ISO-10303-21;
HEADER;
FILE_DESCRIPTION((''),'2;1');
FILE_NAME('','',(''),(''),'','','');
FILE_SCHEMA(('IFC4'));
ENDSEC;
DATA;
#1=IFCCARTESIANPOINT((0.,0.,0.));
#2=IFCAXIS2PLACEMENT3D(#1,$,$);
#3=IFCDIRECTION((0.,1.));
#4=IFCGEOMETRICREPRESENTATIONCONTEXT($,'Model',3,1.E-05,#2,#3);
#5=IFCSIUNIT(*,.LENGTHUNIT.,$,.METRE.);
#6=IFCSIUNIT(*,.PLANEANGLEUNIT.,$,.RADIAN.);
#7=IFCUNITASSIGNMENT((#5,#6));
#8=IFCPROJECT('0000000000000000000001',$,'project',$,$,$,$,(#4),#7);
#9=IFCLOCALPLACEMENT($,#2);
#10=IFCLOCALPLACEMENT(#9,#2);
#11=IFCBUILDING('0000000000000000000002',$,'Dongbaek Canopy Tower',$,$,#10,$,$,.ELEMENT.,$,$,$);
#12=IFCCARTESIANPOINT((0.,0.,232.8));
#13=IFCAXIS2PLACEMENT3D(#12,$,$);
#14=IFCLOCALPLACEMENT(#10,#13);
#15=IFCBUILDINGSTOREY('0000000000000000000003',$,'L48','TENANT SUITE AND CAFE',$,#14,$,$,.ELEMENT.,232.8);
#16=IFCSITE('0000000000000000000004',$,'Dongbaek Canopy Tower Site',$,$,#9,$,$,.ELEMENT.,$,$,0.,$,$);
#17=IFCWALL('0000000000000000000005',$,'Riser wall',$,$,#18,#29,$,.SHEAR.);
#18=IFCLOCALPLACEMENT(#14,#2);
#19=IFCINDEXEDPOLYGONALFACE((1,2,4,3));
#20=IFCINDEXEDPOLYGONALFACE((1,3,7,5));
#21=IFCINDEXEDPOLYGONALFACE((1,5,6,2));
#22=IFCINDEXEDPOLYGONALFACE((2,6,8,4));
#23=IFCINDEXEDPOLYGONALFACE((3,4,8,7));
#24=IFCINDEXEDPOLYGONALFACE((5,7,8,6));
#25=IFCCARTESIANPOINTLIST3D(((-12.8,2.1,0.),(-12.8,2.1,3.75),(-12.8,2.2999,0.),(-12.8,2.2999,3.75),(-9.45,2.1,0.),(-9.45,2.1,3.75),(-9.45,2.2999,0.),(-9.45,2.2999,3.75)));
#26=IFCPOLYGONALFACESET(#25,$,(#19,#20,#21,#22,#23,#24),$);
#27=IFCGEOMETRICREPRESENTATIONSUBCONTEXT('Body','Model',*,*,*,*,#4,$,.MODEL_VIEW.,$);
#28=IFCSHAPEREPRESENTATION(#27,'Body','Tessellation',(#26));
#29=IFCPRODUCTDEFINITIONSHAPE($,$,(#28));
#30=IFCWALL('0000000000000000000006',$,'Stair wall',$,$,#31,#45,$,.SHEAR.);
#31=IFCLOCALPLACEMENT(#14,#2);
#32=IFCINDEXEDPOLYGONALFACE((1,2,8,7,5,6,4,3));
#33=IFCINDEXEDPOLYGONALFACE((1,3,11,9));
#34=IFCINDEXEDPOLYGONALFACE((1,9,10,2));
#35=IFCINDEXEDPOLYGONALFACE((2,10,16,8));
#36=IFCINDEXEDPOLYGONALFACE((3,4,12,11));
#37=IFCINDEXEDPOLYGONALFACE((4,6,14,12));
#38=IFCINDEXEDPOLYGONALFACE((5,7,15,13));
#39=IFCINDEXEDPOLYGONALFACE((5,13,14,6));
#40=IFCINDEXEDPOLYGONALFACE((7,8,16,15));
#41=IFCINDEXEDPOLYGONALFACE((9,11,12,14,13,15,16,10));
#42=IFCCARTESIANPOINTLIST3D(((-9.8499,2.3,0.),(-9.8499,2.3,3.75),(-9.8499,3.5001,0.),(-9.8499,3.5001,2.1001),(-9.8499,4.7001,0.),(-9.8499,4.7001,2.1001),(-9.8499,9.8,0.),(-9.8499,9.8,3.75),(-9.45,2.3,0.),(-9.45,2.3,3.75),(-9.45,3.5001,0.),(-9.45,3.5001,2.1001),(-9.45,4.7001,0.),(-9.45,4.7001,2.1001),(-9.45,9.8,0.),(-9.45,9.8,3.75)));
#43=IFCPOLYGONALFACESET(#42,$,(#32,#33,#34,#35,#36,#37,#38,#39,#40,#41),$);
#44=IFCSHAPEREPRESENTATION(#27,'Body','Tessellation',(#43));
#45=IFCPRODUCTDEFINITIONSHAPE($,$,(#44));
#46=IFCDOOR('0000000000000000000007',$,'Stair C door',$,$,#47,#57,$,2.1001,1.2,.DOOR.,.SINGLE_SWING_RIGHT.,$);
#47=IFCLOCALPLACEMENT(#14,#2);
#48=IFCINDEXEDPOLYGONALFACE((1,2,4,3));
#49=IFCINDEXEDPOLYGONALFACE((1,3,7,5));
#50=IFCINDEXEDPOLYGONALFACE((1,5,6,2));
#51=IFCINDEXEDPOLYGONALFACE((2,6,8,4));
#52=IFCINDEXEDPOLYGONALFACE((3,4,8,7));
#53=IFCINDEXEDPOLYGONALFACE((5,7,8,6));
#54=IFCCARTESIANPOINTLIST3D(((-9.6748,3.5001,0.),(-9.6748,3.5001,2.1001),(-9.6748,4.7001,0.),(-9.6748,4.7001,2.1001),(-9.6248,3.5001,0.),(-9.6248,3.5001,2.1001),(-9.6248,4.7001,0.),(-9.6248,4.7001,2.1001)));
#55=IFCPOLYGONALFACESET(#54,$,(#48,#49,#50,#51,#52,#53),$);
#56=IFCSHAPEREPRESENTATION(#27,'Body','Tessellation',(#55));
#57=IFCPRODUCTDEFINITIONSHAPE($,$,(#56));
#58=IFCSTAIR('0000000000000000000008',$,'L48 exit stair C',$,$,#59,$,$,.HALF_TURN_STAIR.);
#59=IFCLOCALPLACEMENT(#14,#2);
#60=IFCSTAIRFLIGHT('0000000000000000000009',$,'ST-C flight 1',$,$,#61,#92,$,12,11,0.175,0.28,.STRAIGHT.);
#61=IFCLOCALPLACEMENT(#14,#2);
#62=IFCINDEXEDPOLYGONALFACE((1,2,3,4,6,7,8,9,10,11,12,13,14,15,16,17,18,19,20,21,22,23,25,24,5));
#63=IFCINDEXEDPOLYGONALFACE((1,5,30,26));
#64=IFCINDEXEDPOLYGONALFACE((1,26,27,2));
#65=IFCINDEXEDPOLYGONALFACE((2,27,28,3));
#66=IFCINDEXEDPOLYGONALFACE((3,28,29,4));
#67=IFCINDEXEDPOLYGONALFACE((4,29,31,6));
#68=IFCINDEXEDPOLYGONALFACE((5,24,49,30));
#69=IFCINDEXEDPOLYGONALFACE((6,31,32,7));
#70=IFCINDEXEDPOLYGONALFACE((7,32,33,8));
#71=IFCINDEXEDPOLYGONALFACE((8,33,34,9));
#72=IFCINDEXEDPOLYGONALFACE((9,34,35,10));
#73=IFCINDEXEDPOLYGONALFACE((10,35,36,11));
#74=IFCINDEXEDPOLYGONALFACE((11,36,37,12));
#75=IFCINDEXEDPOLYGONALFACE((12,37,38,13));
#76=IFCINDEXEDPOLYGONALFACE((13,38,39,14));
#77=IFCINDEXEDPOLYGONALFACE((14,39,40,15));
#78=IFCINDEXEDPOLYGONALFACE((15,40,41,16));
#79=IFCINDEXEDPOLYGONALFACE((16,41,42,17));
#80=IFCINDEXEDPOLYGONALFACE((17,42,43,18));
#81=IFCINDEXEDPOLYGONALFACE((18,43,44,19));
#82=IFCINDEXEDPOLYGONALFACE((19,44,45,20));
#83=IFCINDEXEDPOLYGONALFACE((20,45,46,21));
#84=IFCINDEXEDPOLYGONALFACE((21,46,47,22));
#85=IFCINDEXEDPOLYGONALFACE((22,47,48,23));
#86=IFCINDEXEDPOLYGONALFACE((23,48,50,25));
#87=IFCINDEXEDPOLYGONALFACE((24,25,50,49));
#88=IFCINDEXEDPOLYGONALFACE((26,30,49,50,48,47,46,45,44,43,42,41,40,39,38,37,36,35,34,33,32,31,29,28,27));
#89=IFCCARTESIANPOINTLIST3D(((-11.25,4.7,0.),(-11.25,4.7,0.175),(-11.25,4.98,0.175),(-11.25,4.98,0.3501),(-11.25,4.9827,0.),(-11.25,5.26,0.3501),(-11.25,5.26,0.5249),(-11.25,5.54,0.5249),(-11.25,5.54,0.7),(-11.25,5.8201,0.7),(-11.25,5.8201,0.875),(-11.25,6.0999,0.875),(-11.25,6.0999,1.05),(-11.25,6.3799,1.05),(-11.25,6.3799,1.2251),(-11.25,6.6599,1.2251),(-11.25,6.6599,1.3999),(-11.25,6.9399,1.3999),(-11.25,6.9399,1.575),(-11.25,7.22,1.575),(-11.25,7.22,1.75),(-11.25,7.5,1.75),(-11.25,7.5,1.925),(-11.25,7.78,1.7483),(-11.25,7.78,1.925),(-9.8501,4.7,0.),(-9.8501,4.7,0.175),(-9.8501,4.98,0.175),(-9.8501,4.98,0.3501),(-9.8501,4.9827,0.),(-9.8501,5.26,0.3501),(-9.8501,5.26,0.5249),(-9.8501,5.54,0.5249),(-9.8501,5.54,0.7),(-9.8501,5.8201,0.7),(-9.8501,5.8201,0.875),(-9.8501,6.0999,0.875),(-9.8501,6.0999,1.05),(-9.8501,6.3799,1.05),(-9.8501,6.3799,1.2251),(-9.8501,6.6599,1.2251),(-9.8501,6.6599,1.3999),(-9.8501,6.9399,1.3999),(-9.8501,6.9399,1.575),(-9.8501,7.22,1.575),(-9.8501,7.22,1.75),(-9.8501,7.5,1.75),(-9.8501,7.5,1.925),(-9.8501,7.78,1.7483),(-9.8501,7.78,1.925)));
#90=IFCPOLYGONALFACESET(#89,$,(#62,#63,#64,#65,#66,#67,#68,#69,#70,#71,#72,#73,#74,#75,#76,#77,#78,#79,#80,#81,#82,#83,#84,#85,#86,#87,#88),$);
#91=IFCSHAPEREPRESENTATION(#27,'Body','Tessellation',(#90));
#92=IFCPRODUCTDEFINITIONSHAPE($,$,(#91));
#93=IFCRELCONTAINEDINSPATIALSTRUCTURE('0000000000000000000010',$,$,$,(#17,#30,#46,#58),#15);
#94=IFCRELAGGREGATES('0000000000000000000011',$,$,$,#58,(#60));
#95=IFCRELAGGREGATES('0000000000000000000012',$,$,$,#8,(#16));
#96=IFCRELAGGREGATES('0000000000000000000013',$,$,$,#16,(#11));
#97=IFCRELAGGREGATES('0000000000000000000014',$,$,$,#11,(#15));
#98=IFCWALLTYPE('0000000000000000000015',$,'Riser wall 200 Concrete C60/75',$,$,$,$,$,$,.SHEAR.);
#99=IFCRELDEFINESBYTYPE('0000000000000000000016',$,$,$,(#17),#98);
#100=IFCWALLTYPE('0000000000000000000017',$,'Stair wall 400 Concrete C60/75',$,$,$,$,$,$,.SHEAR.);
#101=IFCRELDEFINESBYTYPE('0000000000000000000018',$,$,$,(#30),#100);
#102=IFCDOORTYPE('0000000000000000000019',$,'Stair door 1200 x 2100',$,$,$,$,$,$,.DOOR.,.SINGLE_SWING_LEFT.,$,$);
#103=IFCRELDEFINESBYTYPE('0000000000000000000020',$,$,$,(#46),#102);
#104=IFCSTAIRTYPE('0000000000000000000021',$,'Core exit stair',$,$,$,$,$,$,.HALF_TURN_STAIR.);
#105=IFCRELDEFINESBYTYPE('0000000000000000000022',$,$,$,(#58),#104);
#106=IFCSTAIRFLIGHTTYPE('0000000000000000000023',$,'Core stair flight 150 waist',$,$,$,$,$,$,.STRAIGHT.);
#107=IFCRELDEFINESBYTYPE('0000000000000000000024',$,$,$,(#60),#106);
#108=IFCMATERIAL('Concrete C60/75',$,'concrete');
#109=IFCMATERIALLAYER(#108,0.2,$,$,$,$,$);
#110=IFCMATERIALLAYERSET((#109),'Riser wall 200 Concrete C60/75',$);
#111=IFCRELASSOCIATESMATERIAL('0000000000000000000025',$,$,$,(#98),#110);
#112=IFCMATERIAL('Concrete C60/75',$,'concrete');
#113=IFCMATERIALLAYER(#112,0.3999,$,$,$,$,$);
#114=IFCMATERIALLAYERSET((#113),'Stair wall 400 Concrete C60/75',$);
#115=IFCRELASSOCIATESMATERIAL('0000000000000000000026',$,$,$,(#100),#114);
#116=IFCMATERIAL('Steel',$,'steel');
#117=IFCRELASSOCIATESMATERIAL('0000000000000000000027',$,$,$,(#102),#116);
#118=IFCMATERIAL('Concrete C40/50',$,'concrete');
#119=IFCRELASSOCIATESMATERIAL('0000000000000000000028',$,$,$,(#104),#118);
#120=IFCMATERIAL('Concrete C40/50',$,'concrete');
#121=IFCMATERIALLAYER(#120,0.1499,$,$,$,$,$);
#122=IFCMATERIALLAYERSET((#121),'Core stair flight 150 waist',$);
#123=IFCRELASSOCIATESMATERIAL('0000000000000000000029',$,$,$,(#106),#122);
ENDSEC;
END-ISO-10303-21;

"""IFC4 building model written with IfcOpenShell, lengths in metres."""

from ifc_helpers import new_model, si_unit, direction, frame, frame_2d, origin, place, context, subcontext, project, spatial, polyline, rectangle, outline, extrude, material, layer, layer_set, type_object, element, fill, aggregate, save


model = new_model("IFC4")

# Units and contexts
model_context = context("Model", 3, precision=1e-05, world=origin(), true_north=direction((0.0, 1.0)))
body_context = subcontext(model_context, "Body", "Model", "MODEL_VIEW")
ifc_project = project(units=[si_unit("LENGTHUNIT", "METRE"), si_unit("PLANEANGLEUNIT", "RADIAN")], contexts=[model_context])

# Site, building, storey
site_placement = place(None, origin())
site = spatial("IfcSite", under=ifc_project, at=site_placement, Name="Dongbaek Canopy Tower Site", CompositionType="ELEMENT", RefElevation=0.0)
building_placement = place(site_placement, origin())
building = spatial("IfcBuilding", under=site, at=building_placement, Name="Dongbaek Canopy Tower", CompositionType="ELEMENT")
storey_placement = place(building_placement, frame((0.0, 0.0, 232.8)))
storey = spatial("IfcBuildingStorey", under=building, at=storey_placement, Name="L48", Description="TENANT SUITE AND CAFE", CompositionType="ELEMENT", Elevation=232.8)

# Wall
ifc_material_1 = material(Name="Concrete C60/75", Category="concrete")
ifc_layer_1 = layer(ifc_material_1, 0.2)
ifc_layer_set_1 = layer_set([ifc_layer_1], Name="Riser wall 200 Concrete C60/75")
wall_type_1 = type_object("IfcWallType", Name="Riser wall 200 Concrete C60/75", PredefinedType="SHEAR", material=ifc_layer_set_1)
wall_1_placement = place(storey_placement, frame((-9.45, 2.2, 0.0), z_axis=(0.0, 0.0, 1.0), x_axis=(-1.0, 0.0, 0.0)))
element("IfcWall", 1, at=wall_1_placement, inside=storey, type_object=wall_type_1, Name="Riser wall", PredefinedType="SHEAR", context=body_context, shape_type="SweptSolid", body=[
    extrude(rectangle(XDim=3.3501, YDim=0.2, at=frame_2d((1.675, 0.0))), origin(), (0.0, 0.0, 1.0), 3.75),
])

# Wall, opening, door
ifc_material_2 = material(Name="Concrete C60/75", Category="concrete")
ifc_layer_2 = layer(ifc_material_2, 0.3999)
ifc_layer_set_2 = layer_set([ifc_layer_2], Name="Stair wall 400 Concrete C60/75")
wall_type_2 = type_object("IfcWallType", Name="Stair wall 400 Concrete C60/75", PredefinedType="SHEAR", material=ifc_layer_set_2)
wall_2_placement = place(storey_placement, frame((-9.6499, 2.3, 0.0), z_axis=(0.0, 0.0, 1.0), x_axis=(0.0, 1.0, 0.0)))
wall_2 = element("IfcWall", 2, at=wall_2_placement, inside=storey, type_object=wall_type_2, Name="Stair wall", PredefinedType="SHEAR", context=body_context, shape_type="SweptSolid", body=[
    extrude(rectangle(XDim=7.5, YDim=0.3999, at=frame_2d((3.75, 0.0))), origin(), (0.0, 0.0, 1.0), 3.75),
])
opening_1_placement = place(wall_2_placement, frame((1.2, 0.0, 0.0)))
opening_1 = element("IfcOpeningElement", 3, at=opening_1_placement, cuts=wall_2, PredefinedType="OPENING", context=body_context, shape_type="SweptSolid", body=[
    extrude(rectangle(XDim=1.2, YDim=2.1001, at=frame_2d((0.6001, 1.05))), frame((0.0, 0.21, 0.0), z_axis=(0.0, -1.0, 0.0), x_axis=(1.0, 0.0, 0.0)), (0.0, 0.0, 1.0), 0.4199),
])
ifc_material_3 = material(Name="Steel", Category="steel")
door_type_1 = type_object("IfcDoorType", Name="Stair door 1200 x 2100", OperationType="SINGLE_SWING_LEFT", PredefinedType="DOOR", material=ifc_material_3)
door_1_placement = place(opening_1_placement, origin())
door_1 = element("IfcDoor", 4, at=door_1_placement, inside=storey, type_object=door_type_1, Name="Stair C door", OperationType="SINGLE_SWING_RIGHT", OverallHeight=2.1001, OverallWidth=1.2, PredefinedType="DOOR", context=body_context, shape_type="SweptSolid", body=[
    extrude(rectangle(XDim=1.2, YDim=2.1001, at=frame_2d((0.6001, 1.05))), frame((0.0, 0.0249, 0.0), z_axis=(0.0, -1.0, 0.0), x_axis=(1.0, 0.0, 0.0)), (0.0, 0.0, 1.0), 0.05),
])
fill(opening_1, door_1)

# Stair, stair flight
ifc_material_4 = material(Name="Concrete C40/50", Category="concrete")
stair_type = type_object("IfcStairType", Name="Core exit stair", PredefinedType="HALF_TURN_STAIR", material=ifc_material_4)
stair_placement = place(storey_placement, origin())
stair = element("IfcStair", 5, at=stair_placement, inside=storey, type_object=stair_type, Name="L48 exit stair C", PredefinedType="HALF_TURN_STAIR")
ifc_material_5 = material(Name="Concrete C40/50", Category="concrete")
ifc_layer_3 = layer(ifc_material_5, 0.1499)
ifc_layer_set_3 = layer_set([ifc_layer_3], Name="Core stair flight 150 waist")
stair_flight_type = type_object("IfcStairFlightType", Name="Core stair flight 150 waist", PredefinedType="STRAIGHT", material=ifc_layer_set_3)
stair_flight_placement = place(storey_placement, frame((-10.55, 4.7, 0.0), z_axis=(0.0, 0.0, 1.0), x_axis=(0.0, 1.0, 0.0)))
stair_flight = element("IfcStairFlight", 6, at=stair_flight_placement, type_object=stair_flight_type, Name="ST-C flight 1", NumberOfRisers=12, NumberOfTreads=11, PredefinedType="STRAIGHT", RiserHeight=0.175, TreadLength=0.28, context=body_context, shape_type="SweptSolid", body=[
    extrude(outline(polyline([(0.0, 0.0), (0.0, 0.175), (0.28, 0.175), (0.28, 0.3501), (0.5601, 0.3501), (0.5601, 0.5249), (0.8401, 0.5249), (0.8401, 0.7), (1.1201, 0.7), (1.1201, 0.875), (1.3999, 0.875), (1.3999, 1.05), (1.6799, 1.05), (1.6799, 1.2251), (1.96, 1.2251), (1.96, 1.3999), (2.24, 1.3999), (2.24, 1.575), (2.52, 1.575), (2.52, 1.75), (2.8, 1.75), (2.8, 1.925), (3.0801, 1.925), (3.0801, 2.1001), (3.0801, 1.7483), (0.2827, 0.0), (0.0, 0.0)])), frame((0.0, 0.7, 0.0), z_axis=(0.0, -1.0, 0.0), x_axis=(1.0, 0.0, 0.0)), (0.0, 0.0, 1.0), 1.3999),
])
aggregate(stair, [stair_flight])

save(model, "model.ifc")
